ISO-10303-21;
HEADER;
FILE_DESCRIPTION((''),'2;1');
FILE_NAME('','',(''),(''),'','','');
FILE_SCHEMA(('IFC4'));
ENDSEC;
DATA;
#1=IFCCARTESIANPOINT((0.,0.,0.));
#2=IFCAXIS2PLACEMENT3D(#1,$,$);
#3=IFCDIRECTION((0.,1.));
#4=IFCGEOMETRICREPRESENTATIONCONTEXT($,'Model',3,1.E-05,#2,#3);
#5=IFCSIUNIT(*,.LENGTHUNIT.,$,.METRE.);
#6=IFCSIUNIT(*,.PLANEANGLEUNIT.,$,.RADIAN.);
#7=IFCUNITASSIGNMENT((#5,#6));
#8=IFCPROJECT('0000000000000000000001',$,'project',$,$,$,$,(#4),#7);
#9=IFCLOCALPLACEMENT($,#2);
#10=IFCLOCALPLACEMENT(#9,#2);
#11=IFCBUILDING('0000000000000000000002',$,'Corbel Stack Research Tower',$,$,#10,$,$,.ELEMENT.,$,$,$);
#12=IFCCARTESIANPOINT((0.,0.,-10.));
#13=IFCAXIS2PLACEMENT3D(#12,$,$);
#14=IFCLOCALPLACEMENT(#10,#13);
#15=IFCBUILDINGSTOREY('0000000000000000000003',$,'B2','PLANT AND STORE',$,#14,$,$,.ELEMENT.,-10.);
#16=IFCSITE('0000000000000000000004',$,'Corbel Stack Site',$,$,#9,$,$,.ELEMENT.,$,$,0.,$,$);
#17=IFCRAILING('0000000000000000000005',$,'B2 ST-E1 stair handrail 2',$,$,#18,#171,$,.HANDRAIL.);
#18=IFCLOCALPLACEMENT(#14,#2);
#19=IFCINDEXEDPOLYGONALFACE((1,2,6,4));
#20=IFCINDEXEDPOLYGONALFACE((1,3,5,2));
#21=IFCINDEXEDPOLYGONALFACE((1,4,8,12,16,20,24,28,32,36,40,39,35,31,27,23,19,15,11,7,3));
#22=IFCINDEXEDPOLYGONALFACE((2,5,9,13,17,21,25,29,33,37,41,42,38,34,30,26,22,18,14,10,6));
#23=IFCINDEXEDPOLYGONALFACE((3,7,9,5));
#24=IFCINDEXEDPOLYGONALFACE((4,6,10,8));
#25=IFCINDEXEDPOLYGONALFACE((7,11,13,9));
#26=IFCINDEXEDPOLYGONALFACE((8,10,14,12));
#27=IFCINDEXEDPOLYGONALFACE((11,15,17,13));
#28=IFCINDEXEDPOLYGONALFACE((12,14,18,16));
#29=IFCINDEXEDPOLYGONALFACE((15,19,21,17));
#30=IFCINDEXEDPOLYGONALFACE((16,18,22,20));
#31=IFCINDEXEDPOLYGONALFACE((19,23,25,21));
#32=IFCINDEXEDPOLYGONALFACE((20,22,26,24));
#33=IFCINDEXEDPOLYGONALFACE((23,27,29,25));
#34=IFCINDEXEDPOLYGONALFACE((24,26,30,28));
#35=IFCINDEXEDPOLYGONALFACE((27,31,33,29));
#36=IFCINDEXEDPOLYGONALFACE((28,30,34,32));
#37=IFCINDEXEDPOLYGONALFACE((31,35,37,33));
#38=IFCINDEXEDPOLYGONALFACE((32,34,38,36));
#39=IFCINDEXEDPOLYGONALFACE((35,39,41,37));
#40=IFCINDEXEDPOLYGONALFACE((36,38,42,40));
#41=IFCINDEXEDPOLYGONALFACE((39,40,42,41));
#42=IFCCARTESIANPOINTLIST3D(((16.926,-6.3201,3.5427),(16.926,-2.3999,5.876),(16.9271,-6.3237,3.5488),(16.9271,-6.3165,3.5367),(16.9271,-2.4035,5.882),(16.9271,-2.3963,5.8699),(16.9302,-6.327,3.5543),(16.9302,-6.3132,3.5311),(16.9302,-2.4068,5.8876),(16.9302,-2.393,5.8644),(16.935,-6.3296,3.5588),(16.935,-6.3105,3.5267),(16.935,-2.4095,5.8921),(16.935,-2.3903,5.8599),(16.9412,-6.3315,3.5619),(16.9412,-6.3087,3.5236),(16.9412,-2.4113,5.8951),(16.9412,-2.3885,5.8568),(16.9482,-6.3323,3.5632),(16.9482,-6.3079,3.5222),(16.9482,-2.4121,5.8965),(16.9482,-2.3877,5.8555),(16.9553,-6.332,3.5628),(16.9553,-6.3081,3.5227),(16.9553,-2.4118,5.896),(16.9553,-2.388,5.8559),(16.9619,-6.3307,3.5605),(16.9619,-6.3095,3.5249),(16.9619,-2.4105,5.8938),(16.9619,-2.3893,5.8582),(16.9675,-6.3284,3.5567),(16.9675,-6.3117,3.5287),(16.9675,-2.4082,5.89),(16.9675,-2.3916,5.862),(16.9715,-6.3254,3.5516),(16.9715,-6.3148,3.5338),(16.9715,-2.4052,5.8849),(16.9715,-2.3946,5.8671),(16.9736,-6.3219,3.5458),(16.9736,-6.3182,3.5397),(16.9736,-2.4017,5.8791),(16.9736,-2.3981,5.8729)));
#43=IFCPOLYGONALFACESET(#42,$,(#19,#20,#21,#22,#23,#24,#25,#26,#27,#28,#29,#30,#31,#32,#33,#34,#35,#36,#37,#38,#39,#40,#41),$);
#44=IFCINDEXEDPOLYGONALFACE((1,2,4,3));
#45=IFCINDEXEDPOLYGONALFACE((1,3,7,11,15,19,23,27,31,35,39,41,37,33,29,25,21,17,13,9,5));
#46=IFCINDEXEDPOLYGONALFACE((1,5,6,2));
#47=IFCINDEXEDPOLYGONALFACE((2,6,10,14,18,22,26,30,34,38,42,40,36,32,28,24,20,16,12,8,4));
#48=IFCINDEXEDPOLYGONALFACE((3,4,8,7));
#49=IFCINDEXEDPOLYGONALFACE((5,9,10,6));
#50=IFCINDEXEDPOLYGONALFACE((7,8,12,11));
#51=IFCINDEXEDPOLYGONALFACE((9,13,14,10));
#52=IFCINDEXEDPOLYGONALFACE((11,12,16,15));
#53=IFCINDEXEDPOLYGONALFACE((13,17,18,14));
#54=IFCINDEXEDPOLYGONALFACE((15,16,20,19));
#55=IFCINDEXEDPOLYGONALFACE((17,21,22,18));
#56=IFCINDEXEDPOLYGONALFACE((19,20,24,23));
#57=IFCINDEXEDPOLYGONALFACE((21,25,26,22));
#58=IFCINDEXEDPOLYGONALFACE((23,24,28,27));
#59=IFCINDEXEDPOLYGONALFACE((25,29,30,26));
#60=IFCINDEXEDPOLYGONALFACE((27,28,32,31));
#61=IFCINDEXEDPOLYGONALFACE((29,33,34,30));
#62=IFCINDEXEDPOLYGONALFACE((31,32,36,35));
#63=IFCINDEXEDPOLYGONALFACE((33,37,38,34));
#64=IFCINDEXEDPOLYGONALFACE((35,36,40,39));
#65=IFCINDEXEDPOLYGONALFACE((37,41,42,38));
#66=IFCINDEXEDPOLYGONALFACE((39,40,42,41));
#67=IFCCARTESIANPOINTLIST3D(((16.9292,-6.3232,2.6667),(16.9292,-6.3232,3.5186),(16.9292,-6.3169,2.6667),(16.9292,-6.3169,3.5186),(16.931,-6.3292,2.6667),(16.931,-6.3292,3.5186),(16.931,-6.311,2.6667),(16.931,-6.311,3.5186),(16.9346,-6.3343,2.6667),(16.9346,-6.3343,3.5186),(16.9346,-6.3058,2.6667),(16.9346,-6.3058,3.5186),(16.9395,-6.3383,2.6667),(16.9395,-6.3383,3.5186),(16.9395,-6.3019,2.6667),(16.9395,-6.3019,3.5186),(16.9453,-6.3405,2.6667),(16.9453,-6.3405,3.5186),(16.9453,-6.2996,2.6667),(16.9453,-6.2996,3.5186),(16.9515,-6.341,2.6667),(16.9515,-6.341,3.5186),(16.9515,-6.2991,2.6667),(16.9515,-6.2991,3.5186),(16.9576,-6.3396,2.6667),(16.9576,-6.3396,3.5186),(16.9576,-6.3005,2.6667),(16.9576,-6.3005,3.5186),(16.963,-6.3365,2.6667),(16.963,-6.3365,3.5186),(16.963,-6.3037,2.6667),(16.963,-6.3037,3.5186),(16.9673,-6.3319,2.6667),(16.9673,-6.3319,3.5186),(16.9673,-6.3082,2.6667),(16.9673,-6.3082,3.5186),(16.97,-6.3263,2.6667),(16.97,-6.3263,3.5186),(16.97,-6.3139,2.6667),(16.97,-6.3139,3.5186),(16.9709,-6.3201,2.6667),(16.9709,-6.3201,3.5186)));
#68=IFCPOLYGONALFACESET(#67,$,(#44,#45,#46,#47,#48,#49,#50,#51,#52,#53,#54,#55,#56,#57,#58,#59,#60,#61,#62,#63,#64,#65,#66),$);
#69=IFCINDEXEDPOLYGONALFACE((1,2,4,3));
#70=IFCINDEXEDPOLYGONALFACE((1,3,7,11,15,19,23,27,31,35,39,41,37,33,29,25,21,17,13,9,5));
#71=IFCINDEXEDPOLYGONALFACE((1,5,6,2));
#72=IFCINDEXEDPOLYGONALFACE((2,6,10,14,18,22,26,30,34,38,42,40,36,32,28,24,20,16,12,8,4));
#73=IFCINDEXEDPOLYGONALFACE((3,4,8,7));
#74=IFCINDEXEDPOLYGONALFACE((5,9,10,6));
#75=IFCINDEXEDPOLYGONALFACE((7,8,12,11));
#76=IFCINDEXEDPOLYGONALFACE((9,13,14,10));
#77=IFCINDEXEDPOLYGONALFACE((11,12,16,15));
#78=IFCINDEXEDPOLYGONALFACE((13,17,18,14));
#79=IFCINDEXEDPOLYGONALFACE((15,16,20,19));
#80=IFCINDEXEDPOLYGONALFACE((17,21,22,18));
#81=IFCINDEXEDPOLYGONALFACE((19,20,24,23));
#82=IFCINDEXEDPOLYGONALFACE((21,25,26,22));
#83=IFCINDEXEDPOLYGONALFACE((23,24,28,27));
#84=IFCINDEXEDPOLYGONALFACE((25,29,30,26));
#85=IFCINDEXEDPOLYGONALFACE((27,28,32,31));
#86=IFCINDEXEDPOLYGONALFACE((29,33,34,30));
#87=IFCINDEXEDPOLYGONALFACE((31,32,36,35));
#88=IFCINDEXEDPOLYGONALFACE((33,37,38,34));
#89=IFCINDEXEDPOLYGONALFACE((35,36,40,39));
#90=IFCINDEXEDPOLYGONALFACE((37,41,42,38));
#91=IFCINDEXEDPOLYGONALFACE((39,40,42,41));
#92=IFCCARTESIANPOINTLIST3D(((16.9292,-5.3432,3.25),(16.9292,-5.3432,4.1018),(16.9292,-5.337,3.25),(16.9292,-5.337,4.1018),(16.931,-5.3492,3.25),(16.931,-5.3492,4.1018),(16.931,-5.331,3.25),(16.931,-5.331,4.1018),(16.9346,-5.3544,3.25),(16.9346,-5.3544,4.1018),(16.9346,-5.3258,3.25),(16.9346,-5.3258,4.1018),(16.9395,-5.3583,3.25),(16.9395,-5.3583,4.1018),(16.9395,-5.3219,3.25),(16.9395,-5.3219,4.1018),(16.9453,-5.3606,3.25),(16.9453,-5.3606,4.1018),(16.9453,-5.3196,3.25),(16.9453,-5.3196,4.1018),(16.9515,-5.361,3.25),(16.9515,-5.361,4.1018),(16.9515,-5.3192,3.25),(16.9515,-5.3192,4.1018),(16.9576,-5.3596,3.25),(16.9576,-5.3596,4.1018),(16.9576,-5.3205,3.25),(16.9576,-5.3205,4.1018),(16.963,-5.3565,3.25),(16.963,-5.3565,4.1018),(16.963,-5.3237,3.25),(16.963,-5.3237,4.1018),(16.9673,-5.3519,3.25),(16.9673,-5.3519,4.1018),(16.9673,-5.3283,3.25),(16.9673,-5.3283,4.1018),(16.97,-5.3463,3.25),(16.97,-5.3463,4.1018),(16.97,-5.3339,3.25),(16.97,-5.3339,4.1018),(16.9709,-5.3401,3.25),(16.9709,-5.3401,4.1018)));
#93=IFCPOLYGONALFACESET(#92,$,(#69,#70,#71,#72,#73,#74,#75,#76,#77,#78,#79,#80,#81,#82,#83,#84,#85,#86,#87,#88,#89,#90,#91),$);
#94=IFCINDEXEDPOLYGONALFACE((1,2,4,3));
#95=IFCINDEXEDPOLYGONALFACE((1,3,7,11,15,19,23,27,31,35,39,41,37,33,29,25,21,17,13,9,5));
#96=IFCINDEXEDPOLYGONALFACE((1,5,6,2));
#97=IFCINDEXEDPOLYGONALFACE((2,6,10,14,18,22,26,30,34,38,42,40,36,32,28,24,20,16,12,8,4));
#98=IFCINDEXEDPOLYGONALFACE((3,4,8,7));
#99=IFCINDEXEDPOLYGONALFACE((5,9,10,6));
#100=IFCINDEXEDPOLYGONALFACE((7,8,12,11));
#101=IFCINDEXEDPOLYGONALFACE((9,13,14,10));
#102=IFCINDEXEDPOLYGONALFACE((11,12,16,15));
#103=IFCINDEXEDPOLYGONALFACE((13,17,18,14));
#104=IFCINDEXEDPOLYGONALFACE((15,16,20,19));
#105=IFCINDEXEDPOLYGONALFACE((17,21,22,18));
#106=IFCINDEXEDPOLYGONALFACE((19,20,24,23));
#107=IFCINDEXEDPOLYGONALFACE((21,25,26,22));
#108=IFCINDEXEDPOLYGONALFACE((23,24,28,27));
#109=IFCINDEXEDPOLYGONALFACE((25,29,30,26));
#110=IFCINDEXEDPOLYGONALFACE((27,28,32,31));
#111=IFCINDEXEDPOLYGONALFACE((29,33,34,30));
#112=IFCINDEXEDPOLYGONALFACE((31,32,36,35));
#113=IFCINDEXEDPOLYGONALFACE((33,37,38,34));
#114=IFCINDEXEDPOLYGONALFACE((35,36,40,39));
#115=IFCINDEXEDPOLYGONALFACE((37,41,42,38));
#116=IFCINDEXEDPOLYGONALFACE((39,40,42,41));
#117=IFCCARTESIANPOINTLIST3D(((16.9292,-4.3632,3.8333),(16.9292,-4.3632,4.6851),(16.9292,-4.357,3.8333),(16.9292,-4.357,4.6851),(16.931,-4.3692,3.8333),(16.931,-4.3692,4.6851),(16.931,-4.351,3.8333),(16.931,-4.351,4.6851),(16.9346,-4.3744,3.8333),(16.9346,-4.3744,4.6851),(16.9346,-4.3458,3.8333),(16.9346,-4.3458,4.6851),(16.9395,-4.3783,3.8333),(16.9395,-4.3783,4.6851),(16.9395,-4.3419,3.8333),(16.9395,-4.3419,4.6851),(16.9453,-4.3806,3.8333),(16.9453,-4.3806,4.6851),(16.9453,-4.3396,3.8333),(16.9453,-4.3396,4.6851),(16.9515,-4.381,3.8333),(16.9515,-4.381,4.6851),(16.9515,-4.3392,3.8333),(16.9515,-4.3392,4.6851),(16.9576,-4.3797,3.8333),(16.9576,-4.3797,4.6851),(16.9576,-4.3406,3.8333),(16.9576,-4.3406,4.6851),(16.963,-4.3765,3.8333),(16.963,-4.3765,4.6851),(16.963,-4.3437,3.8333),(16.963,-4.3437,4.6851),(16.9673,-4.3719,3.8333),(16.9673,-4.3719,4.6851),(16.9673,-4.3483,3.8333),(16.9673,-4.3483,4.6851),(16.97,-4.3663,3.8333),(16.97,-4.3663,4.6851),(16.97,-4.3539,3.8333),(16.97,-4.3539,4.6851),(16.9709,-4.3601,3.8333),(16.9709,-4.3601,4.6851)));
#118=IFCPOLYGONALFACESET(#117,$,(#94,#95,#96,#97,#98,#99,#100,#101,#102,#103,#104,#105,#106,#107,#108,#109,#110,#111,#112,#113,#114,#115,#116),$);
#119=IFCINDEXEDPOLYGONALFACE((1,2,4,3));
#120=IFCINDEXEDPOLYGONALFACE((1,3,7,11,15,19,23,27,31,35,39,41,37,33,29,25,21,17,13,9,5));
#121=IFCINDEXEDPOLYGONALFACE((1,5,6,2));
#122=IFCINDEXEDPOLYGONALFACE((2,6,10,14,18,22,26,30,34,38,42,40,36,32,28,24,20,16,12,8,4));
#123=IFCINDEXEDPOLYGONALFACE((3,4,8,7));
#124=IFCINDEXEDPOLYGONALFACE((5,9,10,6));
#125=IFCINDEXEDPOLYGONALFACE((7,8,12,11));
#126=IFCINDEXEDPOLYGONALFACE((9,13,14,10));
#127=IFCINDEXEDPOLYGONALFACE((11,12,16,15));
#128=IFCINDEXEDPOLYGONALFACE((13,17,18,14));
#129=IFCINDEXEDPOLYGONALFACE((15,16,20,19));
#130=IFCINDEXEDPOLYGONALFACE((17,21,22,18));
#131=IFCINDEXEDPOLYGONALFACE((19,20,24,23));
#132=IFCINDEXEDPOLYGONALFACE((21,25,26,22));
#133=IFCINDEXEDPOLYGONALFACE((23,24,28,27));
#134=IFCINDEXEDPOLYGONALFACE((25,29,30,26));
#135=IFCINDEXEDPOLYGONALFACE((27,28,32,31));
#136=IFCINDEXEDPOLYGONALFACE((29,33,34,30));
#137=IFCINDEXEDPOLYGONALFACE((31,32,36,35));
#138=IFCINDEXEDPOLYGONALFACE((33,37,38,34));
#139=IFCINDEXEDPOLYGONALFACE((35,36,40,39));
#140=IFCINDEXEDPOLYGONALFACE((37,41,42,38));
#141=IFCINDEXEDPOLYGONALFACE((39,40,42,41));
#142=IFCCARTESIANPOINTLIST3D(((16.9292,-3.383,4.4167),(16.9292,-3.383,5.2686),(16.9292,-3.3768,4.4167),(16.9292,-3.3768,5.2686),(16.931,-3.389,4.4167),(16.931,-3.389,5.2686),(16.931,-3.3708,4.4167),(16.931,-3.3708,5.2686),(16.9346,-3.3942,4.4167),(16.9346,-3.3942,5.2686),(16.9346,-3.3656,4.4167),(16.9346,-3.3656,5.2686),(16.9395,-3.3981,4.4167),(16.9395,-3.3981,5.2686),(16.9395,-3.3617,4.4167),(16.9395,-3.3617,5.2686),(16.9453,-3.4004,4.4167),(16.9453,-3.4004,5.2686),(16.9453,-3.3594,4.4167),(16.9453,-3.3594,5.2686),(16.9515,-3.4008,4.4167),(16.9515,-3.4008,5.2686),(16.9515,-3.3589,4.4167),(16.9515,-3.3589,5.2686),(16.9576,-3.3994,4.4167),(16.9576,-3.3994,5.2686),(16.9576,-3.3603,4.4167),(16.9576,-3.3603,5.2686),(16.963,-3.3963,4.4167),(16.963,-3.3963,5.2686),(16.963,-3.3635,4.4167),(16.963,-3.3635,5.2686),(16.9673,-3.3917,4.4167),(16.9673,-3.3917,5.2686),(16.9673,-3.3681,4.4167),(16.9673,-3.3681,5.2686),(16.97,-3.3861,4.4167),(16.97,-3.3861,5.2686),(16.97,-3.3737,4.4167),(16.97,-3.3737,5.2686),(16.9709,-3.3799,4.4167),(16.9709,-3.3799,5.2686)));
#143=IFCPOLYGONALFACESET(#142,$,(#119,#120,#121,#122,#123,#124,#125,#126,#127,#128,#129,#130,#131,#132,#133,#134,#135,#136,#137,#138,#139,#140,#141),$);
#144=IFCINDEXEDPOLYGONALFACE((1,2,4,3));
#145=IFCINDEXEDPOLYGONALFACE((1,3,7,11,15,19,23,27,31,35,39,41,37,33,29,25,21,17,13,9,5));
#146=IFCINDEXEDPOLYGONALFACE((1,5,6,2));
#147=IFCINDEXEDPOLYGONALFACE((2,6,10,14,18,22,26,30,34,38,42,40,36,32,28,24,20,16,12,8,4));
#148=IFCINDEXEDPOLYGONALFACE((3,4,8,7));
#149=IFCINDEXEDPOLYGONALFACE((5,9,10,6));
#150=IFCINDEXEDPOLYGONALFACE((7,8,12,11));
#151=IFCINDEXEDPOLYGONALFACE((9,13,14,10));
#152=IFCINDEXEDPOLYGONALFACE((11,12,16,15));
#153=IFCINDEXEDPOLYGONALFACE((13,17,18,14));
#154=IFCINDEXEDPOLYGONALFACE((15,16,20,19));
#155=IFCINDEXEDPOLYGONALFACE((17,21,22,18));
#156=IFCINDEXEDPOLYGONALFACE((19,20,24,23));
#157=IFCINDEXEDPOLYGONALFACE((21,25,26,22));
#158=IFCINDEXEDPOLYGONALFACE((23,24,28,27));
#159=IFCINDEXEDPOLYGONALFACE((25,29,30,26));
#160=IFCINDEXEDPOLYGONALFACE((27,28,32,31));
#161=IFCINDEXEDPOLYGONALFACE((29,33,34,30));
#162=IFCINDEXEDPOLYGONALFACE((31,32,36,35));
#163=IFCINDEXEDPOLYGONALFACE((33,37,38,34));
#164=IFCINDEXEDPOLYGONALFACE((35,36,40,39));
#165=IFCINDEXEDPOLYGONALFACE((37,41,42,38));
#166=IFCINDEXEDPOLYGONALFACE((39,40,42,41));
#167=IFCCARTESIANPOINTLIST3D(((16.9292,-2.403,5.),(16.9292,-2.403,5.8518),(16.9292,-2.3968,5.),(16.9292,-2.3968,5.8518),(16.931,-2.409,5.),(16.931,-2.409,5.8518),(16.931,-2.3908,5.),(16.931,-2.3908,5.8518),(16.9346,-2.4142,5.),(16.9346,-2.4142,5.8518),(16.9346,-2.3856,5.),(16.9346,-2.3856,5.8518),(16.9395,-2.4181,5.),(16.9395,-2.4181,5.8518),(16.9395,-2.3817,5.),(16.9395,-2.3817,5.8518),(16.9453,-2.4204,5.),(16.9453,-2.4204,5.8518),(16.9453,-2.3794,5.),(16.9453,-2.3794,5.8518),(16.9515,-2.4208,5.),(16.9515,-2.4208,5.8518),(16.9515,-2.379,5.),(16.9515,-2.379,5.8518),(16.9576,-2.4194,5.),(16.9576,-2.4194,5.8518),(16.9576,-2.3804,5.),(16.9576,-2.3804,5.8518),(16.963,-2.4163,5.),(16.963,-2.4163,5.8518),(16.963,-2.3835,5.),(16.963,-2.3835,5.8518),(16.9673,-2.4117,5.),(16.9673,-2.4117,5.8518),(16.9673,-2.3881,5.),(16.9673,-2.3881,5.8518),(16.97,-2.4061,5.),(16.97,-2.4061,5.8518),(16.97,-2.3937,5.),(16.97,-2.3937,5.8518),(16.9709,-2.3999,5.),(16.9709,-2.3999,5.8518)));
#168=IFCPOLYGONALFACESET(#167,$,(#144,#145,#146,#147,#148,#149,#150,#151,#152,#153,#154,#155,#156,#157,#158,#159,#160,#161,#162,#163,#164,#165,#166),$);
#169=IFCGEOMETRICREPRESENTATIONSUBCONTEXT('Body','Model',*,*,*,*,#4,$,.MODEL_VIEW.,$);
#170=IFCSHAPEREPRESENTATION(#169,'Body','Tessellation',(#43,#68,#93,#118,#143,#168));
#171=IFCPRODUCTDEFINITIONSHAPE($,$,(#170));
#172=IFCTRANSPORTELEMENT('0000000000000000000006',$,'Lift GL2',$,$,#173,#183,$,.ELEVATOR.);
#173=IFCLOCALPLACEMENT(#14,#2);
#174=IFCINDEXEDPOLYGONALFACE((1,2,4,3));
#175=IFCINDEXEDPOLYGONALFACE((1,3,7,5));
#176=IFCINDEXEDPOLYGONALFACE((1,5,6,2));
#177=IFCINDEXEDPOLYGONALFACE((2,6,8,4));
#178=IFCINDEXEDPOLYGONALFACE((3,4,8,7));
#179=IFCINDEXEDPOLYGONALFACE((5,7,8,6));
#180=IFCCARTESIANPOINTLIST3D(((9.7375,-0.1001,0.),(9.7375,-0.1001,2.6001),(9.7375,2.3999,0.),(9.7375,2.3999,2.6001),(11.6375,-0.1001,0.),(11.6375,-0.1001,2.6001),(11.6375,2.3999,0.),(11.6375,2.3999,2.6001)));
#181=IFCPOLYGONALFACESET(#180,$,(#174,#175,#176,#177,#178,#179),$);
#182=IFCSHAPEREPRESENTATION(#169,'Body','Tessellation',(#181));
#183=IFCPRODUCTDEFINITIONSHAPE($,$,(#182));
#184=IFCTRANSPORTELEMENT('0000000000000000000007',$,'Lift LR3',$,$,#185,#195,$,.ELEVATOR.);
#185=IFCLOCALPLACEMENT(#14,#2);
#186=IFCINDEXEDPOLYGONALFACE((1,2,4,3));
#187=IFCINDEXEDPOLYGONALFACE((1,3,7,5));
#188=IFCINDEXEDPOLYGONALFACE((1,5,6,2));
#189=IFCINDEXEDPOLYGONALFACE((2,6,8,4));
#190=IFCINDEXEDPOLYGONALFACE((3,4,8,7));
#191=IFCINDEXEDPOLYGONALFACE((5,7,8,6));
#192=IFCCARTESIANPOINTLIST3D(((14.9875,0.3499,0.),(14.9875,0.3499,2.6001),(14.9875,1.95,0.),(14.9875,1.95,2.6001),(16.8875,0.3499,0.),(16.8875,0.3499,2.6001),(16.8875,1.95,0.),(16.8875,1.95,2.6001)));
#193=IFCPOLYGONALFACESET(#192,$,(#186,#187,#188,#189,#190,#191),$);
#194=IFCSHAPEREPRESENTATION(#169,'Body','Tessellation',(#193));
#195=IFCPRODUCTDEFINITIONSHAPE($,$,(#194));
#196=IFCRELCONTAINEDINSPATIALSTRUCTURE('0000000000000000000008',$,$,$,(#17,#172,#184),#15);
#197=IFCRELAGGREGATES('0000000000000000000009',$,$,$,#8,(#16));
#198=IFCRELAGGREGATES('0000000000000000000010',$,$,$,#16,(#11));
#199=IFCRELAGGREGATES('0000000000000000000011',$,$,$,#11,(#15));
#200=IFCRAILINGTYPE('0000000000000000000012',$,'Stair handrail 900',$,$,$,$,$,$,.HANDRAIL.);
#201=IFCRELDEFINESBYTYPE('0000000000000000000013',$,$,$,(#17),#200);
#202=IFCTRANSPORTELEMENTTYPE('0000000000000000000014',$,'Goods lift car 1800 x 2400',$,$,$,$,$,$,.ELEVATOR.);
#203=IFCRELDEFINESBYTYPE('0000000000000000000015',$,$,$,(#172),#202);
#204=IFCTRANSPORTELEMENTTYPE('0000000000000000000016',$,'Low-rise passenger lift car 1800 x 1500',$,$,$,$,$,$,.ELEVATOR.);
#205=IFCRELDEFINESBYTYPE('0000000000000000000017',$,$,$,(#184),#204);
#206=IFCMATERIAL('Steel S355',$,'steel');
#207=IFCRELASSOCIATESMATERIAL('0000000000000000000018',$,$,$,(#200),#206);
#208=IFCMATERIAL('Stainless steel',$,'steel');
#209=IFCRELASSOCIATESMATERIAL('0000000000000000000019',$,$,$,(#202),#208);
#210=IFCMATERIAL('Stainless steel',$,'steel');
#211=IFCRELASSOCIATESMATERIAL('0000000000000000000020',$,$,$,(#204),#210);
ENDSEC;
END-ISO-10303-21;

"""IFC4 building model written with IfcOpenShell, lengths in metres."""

from ifc_helpers import new_model, si_unit, direction, frame, origin, origin_2d, place, context, subcontext, project, spatial, rectangle, circle, extrude, material, type_object, element, save


model = new_model("IFC4")

# Units and contexts
model_context = context("Model", 3, precision=1e-05, world=origin(), true_north=direction((0.0, 1.0)))
body_context = subcontext(model_context, "Body", "Model", "MODEL_VIEW")
ifc_project = project(units=[si_unit("LENGTHUNIT", "METRE"), si_unit("PLANEANGLEUNIT", "RADIAN")], contexts=[model_context])

# Site, building, storey
site_placement = place(None, origin())
site = spatial("IfcSite", under=ifc_project, at=site_placement, Name="Corbel Stack Site", CompositionType="ELEMENT", RefElevation=0.0)
building_placement = place(site_placement, origin())
building = spatial("IfcBuilding", under=site, at=building_placement, Name="Corbel Stack Research Tower", CompositionType="ELEMENT")
storey_placement = place(building_placement, frame((0.0, 0.0, -10.0)))
storey = spatial("IfcBuildingStorey", under=building, at=storey_placement, Name="B2", Description="PLANT AND STORE", CompositionType="ELEMENT", Elevation=-10.0)

# Railing
ifc_material_1 = material(Name="Steel S355", Category="steel")
railing_type_1 = type_object("IfcRailingType", Name="Stair handrail 900", PredefinedType="HANDRAIL", material=ifc_material_1)
railing_1_placement = place(storey_placement, frame((16.95, -6.3201, 2.6667)))
element("IfcRailing", 1, at=railing_1_placement, inside=storey, type_object=railing_type_1, Name="B2 ST-E1 stair handrail 2", PredefinedType="HANDRAIL", context=body_context, shape_type="SweptSolid", body=[
    extrude(circle(Radius=0.0239, at=origin_2d()), frame((0.0, 0.0, 0.876), z_axis=(0.0, 0.85931, 0.511455), x_axis=(-1.0, 0.0, 0.0)), (0.0, 0.0, 1.0), 4.562),
    extrude(circle(Radius=0.021, at=origin_2d()), origin(), (0.0, 0.0, 1.0), 0.8518),
    extrude(circle(Radius=0.021, at=origin_2d()), frame((0.0, 0.98, 0.5833)), (0.0, 0.0, 1.0), 0.8518),
    extrude(circle(Radius=0.021, at=origin_2d()), frame((0.0, 1.96, 1.1665)), (0.0, 0.0, 1.0), 0.8518),
    extrude(circle(Radius=0.021, at=origin_2d()), frame((0.0, 2.9402, 1.75)), (0.0, 0.0, 1.0), 0.8518),
    extrude(circle(Radius=0.021, at=origin_2d()), frame((0.0, 3.9202, 2.3333)), (0.0, 0.0, 1.0), 0.8518),
])

# Transport elements
ifc_material_2 = material(Name="Stainless steel", Category="steel")
transport_element_type_1 = type_object("IfcTransportElementType", Name="Goods lift car 1800 x 2400", PredefinedType="ELEVATOR", material=ifc_material_2)
transport_element_1_placement = place(storey_placement, frame((10.6875, 1.1499, 0.0), z_axis=(0.0, 0.0, 1.0), x_axis=(1.0, 0.0, 0.0)))
element("IfcTransportElement", 2, at=transport_element_1_placement, inside=storey, type_object=transport_element_type_1, Name="Lift GL2", PredefinedType="ELEVATOR", context=body_context, shape_type="SweptSolid", body=[
    extrude(rectangle(XDim=1.8999, YDim=2.5, at=origin_2d()), origin(), (0.0, 0.0, 1.0), 2.6001),
])
ifc_material_3 = material(Name="Stainless steel", Category="steel")
transport_element_type_2 = type_object("IfcTransportElementType", Name="Low-rise passenger lift car 1800 x 1500", PredefinedType="ELEVATOR", material=ifc_material_3)
transport_element_2_placement = place(storey_placement, frame((15.9375, 1.1499, 0.0), z_axis=(0.0, 0.0, 1.0), x_axis=(1.0, 0.0, 0.0)))
element("IfcTransportElement", 3, at=transport_element_2_placement, inside=storey, type_object=transport_element_type_2, Name="Lift LR3", PredefinedType="ELEVATOR", context=body_context, shape_type="SweptSolid", body=[
    extrude(rectangle(XDim=1.8999, YDim=1.6001, at=origin_2d()), origin(), (0.0, 0.0, 1.0), 2.6001),
])

save(model, "model.ifc")
